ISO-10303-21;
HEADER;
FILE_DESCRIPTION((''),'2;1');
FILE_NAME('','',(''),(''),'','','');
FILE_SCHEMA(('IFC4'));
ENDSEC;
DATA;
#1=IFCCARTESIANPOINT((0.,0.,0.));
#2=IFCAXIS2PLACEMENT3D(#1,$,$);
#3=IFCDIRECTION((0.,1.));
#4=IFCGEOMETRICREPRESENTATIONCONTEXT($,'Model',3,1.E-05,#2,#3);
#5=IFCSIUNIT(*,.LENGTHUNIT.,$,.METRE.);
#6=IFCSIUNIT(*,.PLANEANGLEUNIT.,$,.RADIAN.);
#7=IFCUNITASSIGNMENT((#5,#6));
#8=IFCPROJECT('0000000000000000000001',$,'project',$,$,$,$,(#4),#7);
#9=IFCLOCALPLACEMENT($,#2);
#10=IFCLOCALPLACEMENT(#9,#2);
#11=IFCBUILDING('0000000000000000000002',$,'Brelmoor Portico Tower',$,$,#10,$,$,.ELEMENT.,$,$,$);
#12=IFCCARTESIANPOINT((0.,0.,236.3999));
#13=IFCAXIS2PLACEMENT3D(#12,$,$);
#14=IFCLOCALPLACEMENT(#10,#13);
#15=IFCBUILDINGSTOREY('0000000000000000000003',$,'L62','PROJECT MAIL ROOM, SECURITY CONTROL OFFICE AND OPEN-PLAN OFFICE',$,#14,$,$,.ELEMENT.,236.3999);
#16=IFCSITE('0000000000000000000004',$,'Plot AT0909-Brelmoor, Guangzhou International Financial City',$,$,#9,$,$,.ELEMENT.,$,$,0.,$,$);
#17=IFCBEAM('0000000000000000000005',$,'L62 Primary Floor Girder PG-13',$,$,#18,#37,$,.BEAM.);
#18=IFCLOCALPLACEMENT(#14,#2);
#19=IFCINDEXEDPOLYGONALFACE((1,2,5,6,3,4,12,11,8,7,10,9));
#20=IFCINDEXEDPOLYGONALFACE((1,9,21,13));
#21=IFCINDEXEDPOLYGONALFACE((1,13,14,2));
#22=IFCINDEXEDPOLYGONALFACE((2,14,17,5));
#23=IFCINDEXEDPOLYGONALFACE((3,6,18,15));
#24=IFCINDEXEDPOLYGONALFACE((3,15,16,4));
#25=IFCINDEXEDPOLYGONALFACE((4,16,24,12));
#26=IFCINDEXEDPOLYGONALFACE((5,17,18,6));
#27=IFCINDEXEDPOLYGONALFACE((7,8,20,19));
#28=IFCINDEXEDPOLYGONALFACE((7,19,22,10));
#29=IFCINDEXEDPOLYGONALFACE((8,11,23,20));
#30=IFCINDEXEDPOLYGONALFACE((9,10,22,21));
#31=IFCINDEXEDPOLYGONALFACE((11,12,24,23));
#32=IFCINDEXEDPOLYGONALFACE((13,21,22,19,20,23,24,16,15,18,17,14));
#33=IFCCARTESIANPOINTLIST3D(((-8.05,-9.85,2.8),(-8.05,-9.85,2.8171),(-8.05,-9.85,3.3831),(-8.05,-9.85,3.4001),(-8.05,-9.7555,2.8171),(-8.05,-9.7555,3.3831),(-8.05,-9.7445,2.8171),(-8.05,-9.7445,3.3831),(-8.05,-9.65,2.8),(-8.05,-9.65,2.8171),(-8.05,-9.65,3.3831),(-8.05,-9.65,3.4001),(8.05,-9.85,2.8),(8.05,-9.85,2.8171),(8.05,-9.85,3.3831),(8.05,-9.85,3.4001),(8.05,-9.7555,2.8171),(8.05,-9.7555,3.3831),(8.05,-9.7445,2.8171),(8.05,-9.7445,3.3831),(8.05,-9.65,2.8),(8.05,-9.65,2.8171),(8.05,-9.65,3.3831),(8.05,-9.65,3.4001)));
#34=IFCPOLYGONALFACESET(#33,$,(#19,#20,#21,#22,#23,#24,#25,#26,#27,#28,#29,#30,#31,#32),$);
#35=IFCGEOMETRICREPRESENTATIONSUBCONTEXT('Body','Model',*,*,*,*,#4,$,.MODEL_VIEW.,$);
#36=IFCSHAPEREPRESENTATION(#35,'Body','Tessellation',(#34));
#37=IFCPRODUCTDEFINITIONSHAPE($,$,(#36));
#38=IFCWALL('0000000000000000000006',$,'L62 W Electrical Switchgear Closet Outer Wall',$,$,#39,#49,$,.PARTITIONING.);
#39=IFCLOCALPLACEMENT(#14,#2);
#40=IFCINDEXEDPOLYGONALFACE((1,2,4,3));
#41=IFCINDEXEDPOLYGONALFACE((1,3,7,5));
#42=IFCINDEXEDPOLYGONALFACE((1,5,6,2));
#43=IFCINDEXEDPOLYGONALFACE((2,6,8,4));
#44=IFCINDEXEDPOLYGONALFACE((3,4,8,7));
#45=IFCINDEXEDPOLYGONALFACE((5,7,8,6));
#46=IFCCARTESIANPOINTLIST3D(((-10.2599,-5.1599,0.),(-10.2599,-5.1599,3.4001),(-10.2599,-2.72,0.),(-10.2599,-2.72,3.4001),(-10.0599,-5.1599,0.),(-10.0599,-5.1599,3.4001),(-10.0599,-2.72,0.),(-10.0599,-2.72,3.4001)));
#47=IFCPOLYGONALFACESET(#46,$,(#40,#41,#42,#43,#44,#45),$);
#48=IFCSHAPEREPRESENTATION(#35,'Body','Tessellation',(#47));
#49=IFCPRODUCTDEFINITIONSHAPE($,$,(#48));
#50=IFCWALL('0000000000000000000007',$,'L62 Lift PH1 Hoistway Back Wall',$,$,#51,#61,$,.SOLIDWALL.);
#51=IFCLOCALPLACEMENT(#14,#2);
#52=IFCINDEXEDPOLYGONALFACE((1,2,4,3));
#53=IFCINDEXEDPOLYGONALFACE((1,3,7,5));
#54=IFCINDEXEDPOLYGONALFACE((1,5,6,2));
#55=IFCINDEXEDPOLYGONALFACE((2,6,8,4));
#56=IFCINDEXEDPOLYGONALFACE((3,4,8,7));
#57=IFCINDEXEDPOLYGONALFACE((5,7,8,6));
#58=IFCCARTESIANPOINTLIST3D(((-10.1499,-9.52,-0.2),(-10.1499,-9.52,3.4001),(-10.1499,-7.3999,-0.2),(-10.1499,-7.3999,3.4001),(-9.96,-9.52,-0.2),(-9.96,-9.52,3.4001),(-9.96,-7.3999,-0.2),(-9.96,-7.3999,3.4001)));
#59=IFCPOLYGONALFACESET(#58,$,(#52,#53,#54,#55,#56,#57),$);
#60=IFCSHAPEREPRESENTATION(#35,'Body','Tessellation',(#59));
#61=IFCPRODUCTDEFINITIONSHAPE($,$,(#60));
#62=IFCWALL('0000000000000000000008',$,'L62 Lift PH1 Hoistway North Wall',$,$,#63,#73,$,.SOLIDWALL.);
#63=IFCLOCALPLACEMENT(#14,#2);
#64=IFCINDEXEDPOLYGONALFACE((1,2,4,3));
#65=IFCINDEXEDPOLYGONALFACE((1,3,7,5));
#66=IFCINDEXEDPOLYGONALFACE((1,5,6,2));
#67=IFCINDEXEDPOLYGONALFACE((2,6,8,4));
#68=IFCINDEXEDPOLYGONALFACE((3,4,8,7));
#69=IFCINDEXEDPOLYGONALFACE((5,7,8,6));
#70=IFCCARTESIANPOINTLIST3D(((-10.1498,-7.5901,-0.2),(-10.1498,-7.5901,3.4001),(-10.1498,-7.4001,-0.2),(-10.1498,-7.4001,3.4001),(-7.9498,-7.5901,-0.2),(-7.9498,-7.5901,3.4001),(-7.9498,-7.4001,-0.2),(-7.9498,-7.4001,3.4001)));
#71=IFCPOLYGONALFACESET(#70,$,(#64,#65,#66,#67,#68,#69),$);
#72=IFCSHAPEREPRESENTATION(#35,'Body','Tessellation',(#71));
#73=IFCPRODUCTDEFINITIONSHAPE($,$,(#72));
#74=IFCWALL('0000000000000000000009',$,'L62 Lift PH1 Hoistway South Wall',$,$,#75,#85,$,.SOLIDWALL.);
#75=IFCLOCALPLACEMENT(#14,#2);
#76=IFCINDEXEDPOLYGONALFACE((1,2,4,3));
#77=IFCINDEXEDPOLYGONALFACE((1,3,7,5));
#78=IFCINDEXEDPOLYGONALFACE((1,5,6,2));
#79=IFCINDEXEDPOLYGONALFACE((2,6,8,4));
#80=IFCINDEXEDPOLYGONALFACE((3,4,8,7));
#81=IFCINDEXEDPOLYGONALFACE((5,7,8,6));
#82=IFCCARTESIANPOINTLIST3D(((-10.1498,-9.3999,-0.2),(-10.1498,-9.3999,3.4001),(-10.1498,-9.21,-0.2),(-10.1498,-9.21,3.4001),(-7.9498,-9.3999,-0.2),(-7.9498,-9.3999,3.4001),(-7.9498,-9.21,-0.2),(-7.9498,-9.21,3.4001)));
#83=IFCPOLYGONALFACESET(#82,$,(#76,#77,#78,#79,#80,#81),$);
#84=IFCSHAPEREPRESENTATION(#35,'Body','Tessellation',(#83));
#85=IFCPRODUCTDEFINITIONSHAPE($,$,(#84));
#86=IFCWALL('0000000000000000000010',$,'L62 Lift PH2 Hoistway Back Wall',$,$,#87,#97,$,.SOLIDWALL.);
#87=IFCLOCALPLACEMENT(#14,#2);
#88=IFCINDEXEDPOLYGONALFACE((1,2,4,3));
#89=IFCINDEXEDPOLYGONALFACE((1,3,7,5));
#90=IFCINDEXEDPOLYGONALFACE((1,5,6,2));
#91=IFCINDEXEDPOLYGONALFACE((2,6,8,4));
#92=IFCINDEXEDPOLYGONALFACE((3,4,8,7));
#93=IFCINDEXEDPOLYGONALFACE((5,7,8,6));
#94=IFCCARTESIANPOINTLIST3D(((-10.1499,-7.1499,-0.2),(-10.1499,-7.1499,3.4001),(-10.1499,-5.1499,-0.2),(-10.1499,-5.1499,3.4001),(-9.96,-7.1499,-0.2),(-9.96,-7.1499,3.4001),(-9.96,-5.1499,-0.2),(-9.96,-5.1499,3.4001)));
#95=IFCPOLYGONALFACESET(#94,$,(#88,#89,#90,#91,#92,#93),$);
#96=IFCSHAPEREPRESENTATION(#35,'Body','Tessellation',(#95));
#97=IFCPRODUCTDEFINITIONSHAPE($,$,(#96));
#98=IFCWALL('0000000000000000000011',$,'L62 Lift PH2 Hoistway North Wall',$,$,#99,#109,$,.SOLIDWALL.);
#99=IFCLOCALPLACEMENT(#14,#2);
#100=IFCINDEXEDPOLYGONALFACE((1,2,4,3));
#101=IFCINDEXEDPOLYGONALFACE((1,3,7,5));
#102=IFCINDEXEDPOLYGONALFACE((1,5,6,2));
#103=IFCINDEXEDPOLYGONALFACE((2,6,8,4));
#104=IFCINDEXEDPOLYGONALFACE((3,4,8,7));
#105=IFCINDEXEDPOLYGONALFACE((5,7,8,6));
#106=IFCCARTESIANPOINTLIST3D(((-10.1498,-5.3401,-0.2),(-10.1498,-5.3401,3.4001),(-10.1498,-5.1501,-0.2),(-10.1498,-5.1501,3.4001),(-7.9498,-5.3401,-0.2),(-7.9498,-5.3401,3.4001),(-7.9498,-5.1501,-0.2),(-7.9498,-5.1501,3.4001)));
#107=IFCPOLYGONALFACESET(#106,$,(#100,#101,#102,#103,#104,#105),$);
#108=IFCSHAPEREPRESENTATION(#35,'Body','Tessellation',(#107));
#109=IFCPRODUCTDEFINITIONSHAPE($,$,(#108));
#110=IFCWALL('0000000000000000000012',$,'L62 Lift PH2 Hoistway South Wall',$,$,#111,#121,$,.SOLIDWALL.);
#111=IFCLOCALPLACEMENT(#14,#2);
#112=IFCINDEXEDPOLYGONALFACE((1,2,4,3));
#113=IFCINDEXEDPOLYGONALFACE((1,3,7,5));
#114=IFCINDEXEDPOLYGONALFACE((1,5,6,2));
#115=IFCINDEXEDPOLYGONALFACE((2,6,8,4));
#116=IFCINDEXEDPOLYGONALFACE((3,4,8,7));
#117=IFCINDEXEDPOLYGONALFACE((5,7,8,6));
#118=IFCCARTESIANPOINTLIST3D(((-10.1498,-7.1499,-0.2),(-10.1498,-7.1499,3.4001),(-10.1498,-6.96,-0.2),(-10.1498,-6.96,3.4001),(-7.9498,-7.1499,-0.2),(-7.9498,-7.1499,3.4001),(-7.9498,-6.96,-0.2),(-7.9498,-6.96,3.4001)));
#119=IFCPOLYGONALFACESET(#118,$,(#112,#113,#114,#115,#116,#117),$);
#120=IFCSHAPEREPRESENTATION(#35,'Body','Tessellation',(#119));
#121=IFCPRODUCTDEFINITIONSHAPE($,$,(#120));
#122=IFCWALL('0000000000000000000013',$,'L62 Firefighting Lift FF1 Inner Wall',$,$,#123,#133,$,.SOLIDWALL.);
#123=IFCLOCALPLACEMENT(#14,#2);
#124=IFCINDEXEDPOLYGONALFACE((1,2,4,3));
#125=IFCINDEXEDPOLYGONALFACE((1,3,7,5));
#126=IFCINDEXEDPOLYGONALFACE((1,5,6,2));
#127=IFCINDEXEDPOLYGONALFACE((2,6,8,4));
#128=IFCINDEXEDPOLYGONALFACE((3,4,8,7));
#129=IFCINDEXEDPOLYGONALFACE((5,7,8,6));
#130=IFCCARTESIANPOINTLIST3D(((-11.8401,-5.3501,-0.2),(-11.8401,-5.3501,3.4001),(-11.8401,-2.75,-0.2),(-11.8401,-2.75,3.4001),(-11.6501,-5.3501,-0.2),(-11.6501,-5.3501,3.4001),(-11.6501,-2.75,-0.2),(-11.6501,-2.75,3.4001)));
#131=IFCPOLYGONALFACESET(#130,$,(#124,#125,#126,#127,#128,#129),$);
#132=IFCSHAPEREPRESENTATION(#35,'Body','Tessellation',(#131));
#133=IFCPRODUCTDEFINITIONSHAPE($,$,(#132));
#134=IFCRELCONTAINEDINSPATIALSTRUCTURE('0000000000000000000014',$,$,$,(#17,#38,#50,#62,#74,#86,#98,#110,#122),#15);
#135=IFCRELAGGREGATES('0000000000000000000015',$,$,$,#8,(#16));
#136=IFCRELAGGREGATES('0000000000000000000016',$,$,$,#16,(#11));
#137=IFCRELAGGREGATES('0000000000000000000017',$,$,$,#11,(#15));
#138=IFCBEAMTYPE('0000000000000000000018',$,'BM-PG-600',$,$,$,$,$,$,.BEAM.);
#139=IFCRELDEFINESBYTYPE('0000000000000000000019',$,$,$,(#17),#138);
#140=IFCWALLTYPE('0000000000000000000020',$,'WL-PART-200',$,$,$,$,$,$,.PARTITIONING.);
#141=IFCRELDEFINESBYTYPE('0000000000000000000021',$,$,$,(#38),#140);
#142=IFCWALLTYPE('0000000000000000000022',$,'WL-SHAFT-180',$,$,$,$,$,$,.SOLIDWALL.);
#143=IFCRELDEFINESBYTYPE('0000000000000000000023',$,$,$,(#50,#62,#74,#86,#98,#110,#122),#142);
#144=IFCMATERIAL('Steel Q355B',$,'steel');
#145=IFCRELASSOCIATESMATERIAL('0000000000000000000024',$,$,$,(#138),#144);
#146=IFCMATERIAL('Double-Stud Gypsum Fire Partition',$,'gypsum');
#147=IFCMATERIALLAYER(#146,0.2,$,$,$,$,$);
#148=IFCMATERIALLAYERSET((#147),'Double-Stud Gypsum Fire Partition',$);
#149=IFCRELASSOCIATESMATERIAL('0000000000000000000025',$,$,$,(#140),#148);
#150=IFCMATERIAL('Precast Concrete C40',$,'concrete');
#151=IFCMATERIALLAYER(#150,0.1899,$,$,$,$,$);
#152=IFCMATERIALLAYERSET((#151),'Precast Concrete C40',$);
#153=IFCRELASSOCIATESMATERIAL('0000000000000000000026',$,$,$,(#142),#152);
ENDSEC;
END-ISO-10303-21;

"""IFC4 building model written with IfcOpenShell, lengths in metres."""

from ifc_helpers import new_model, si_unit, direction, frame, frame_2d, origin, origin_2d, place, context, subcontext, project, spatial, rectangle, i_section, extrude, material, layer, layer_set, material_profile, profile_set, type_object, element, save


model = new_model("IFC4")

# Units and contexts
model_context = context("Model", 3, precision=1e-05, world=origin(), true_north=direction((0.0, 1.0)))
body_context = subcontext(model_context, "Body", "Model", "MODEL_VIEW")
ifc_project = project(units=[si_unit("LENGTHUNIT", "METRE"), si_unit("PLANEANGLEUNIT", "RADIAN")], contexts=[model_context])

# Site, building, storey
site_placement = place(None, origin())
site = spatial("IfcSite", under=ifc_project, at=site_placement, Name="Plot AT0909-Brelmoor, Guangzhou International Financial City", CompositionType="ELEMENT", RefElevation=0.0)
building_placement = place(site_placement, origin())
building = spatial("IfcBuilding", under=site, at=building_placement, Name="Brelmoor Portico Tower", CompositionType="ELEMENT")
storey_placement = place(building_placement, frame((0.0, 0.0, 236.3999)))
storey = spatial("IfcBuildingStorey", under=building, at=storey_placement, Name="L62", Description="PROJECT MAIL ROOM, SECURITY CONTROL OFFICE AND OPEN-PLAN OFFICE", CompositionType="ELEMENT", Elevation=236.3999)

# Beam
ifc_material_1 = material(Name="Steel Q355B", Category="steel")
ifc_material_profile = material_profile(ifc_material_1, i_section(OverallWidth=0.2, OverallDepth=0.6001, WebThickness=0.011, FlangeThickness=0.0171, at=origin_2d()), Name="HN 600x200x11x17")
ifc_profile_set = profile_set([ifc_material_profile], Name="Steel Q355B")
beam_type = type_object("IfcBeamType", Name="BM-PG-600", PredefinedType="BEAM", material=ifc_profile_set)
beam_placement = place(storey_placement, frame((-8.05, -9.75, 3.1001), z_axis=(1.0, 0.0, 0.0), x_axis=(0.0, 1.0, 0.0)))
element("IfcBeam", 1, at=beam_placement, inside=storey, type_object=beam_type, Name="L62 Primary Floor Girder PG-13", PredefinedType="BEAM", context=body_context, shape_type="SweptSolid", body=[
    extrude(i_section(OverallWidth=0.2, OverallDepth=0.6001, WebThickness=0.011, FlangeThickness=0.0171, at=origin_2d()), origin(), (0.0, 0.0, 1.0), 16.1001),
])

# Shared definitions
ifc_material_2 = material(Name="Double-Stud Gypsum Fire Partition", Category="gypsum")
ifc_layer_1 = layer(ifc_material_2, 0.2)
ifc_layer_set_1 = layer_set([ifc_layer_1], Name="Double-Stud Gypsum Fire Partition")
wall_type_1 = type_object("IfcWallType", Name="WL-PART-200", PredefinedType="PARTITIONING", material=ifc_layer_set_1)

# Walls
wall_1_placement = place(storey_placement, frame((-10.1599, -5.1599, 0.0), z_axis=(0.0, 0.0, 1.0), x_axis=(0.0, 1.0, 0.0)))
element("IfcWall", 2, at=wall_1_placement, inside=storey, type_object=wall_type_1, Name="L62 W Electrical Switchgear Closet Outer Wall", PredefinedType="PARTITIONING", context=body_context, shape_type="SweptSolid", body=[
    extrude(rectangle(XDim=2.4399, YDim=0.2, at=frame_2d((1.22, 0.0))), origin(), (0.0, 0.0, 1.0), 3.4001),
])
ifc_material_3 = material(Name="Precast Concrete C40", Category="concrete")
ifc_layer_2 = layer(ifc_material_3, 0.1899)
ifc_layer_set_2 = layer_set([ifc_layer_2], Name="Precast Concrete C40")
wall_type_2 = type_object("IfcWallType", Name="WL-SHAFT-180", PredefinedType="SOLIDWALL", material=ifc_layer_set_2)
wall_2_placement = place(storey_placement, frame((-10.0549, -9.52, -0.2), z_axis=(0.0, 0.0, 1.0), x_axis=(0.0, 1.0, 0.0)))
element("IfcWall", 3, at=wall_2_placement, inside=storey, type_object=wall_type_2, Name="L62 Lift PH1 Hoistway Back Wall", PredefinedType="SOLIDWALL", context=body_context, shape_type="SweptSolid", body=[
    extrude(rectangle(XDim=2.1201, YDim=0.1899, at=frame_2d((1.0601, 0.0))), origin(), (0.0, 0.0, 1.0), 3.6001),
])
for number, where, z_axis, x_axis, name in (
    (4, (-10.1499, -7.4951, -0.2), (0.0, 0.0, 1.0), (1.0, 0.0, 0.0), "L62 Lift PH1 Hoistway North Wall"),
    (5, (-10.1499, -9.3049, -0.2), (0.0, 0.0, 1.0), (1.0, 0.0, 0.0), "L62 Lift PH1 Hoistway South Wall"),
):
    element("IfcWall", number, at=place(storey_placement, frame(where, z_axis=z_axis, x_axis=x_axis)), inside=storey, type_object=wall_type_2, Name=name, PredefinedType="SOLIDWALL", context=body_context, shape_type="SweptSolid", body=[
        extrude(rectangle(XDim=2.2, YDim=0.1899, at=frame_2d((1.1001, 0.0))), origin(), (0.0, 0.0, 1.0), 3.6001),
    ])
wall_3_placement = place(storey_placement, frame((-10.0549, -7.1499, -0.2), z_axis=(0.0, 0.0, 1.0), x_axis=(0.0, 1.0, 0.0)))
element("IfcWall", 6, at=wall_3_placement, inside=storey, type_object=wall_type_2, Name="L62 Lift PH2 Hoistway Back Wall", PredefinedType="SOLIDWALL", context=body_context, shape_type="SweptSolid", body=[
    extrude(rectangle(XDim=2.0, YDim=0.1899, at=frame_2d((1.0, 0.0))), origin(), (0.0, 0.0, 1.0), 3.6001),
])
for number, where, z_axis, x_axis, name in (
    (7, (-10.1499, -5.2451, -0.2), (0.0, 0.0, 1.0), (1.0, 0.0, 0.0), "L62 Lift PH2 Hoistway North Wall"),
    (8, (-10.1499, -7.0549, -0.2), (0.0, 0.0, 1.0), (1.0, 0.0, 0.0), "L62 Lift PH2 Hoistway South Wall"),
):
    element("IfcWall", number, at=place(storey_placement, frame(where, z_axis=z_axis, x_axis=x_axis)), inside=storey, type_object=wall_type_2, Name=name, PredefinedType="SOLIDWALL", context=body_context, shape_type="SweptSolid", body=[
        extrude(rectangle(XDim=2.2, YDim=0.1899, at=frame_2d((1.1001, 0.0))), origin(), (0.0, 0.0, 1.0), 3.6001),
    ])
wall_4_placement = place(storey_placement, frame((-11.7451, -5.3501, -0.2), z_axis=(0.0, 0.0, 1.0), x_axis=(0.0, 1.0, 0.0)))
element("IfcWall", 9, at=wall_4_placement, inside=storey, type_object=wall_type_2, Name="L62 Firefighting Lift FF1 Inner Wall", PredefinedType="SOLIDWALL", context=body_context, shape_type="SweptSolid", body=[
    extrude(rectangle(XDim=2.6001, YDim=0.1899, at=frame_2d((1.3, 0.0))), origin(), (0.0, 0.0, 1.0), 3.6001),
])

save(model, "model.ifc")
